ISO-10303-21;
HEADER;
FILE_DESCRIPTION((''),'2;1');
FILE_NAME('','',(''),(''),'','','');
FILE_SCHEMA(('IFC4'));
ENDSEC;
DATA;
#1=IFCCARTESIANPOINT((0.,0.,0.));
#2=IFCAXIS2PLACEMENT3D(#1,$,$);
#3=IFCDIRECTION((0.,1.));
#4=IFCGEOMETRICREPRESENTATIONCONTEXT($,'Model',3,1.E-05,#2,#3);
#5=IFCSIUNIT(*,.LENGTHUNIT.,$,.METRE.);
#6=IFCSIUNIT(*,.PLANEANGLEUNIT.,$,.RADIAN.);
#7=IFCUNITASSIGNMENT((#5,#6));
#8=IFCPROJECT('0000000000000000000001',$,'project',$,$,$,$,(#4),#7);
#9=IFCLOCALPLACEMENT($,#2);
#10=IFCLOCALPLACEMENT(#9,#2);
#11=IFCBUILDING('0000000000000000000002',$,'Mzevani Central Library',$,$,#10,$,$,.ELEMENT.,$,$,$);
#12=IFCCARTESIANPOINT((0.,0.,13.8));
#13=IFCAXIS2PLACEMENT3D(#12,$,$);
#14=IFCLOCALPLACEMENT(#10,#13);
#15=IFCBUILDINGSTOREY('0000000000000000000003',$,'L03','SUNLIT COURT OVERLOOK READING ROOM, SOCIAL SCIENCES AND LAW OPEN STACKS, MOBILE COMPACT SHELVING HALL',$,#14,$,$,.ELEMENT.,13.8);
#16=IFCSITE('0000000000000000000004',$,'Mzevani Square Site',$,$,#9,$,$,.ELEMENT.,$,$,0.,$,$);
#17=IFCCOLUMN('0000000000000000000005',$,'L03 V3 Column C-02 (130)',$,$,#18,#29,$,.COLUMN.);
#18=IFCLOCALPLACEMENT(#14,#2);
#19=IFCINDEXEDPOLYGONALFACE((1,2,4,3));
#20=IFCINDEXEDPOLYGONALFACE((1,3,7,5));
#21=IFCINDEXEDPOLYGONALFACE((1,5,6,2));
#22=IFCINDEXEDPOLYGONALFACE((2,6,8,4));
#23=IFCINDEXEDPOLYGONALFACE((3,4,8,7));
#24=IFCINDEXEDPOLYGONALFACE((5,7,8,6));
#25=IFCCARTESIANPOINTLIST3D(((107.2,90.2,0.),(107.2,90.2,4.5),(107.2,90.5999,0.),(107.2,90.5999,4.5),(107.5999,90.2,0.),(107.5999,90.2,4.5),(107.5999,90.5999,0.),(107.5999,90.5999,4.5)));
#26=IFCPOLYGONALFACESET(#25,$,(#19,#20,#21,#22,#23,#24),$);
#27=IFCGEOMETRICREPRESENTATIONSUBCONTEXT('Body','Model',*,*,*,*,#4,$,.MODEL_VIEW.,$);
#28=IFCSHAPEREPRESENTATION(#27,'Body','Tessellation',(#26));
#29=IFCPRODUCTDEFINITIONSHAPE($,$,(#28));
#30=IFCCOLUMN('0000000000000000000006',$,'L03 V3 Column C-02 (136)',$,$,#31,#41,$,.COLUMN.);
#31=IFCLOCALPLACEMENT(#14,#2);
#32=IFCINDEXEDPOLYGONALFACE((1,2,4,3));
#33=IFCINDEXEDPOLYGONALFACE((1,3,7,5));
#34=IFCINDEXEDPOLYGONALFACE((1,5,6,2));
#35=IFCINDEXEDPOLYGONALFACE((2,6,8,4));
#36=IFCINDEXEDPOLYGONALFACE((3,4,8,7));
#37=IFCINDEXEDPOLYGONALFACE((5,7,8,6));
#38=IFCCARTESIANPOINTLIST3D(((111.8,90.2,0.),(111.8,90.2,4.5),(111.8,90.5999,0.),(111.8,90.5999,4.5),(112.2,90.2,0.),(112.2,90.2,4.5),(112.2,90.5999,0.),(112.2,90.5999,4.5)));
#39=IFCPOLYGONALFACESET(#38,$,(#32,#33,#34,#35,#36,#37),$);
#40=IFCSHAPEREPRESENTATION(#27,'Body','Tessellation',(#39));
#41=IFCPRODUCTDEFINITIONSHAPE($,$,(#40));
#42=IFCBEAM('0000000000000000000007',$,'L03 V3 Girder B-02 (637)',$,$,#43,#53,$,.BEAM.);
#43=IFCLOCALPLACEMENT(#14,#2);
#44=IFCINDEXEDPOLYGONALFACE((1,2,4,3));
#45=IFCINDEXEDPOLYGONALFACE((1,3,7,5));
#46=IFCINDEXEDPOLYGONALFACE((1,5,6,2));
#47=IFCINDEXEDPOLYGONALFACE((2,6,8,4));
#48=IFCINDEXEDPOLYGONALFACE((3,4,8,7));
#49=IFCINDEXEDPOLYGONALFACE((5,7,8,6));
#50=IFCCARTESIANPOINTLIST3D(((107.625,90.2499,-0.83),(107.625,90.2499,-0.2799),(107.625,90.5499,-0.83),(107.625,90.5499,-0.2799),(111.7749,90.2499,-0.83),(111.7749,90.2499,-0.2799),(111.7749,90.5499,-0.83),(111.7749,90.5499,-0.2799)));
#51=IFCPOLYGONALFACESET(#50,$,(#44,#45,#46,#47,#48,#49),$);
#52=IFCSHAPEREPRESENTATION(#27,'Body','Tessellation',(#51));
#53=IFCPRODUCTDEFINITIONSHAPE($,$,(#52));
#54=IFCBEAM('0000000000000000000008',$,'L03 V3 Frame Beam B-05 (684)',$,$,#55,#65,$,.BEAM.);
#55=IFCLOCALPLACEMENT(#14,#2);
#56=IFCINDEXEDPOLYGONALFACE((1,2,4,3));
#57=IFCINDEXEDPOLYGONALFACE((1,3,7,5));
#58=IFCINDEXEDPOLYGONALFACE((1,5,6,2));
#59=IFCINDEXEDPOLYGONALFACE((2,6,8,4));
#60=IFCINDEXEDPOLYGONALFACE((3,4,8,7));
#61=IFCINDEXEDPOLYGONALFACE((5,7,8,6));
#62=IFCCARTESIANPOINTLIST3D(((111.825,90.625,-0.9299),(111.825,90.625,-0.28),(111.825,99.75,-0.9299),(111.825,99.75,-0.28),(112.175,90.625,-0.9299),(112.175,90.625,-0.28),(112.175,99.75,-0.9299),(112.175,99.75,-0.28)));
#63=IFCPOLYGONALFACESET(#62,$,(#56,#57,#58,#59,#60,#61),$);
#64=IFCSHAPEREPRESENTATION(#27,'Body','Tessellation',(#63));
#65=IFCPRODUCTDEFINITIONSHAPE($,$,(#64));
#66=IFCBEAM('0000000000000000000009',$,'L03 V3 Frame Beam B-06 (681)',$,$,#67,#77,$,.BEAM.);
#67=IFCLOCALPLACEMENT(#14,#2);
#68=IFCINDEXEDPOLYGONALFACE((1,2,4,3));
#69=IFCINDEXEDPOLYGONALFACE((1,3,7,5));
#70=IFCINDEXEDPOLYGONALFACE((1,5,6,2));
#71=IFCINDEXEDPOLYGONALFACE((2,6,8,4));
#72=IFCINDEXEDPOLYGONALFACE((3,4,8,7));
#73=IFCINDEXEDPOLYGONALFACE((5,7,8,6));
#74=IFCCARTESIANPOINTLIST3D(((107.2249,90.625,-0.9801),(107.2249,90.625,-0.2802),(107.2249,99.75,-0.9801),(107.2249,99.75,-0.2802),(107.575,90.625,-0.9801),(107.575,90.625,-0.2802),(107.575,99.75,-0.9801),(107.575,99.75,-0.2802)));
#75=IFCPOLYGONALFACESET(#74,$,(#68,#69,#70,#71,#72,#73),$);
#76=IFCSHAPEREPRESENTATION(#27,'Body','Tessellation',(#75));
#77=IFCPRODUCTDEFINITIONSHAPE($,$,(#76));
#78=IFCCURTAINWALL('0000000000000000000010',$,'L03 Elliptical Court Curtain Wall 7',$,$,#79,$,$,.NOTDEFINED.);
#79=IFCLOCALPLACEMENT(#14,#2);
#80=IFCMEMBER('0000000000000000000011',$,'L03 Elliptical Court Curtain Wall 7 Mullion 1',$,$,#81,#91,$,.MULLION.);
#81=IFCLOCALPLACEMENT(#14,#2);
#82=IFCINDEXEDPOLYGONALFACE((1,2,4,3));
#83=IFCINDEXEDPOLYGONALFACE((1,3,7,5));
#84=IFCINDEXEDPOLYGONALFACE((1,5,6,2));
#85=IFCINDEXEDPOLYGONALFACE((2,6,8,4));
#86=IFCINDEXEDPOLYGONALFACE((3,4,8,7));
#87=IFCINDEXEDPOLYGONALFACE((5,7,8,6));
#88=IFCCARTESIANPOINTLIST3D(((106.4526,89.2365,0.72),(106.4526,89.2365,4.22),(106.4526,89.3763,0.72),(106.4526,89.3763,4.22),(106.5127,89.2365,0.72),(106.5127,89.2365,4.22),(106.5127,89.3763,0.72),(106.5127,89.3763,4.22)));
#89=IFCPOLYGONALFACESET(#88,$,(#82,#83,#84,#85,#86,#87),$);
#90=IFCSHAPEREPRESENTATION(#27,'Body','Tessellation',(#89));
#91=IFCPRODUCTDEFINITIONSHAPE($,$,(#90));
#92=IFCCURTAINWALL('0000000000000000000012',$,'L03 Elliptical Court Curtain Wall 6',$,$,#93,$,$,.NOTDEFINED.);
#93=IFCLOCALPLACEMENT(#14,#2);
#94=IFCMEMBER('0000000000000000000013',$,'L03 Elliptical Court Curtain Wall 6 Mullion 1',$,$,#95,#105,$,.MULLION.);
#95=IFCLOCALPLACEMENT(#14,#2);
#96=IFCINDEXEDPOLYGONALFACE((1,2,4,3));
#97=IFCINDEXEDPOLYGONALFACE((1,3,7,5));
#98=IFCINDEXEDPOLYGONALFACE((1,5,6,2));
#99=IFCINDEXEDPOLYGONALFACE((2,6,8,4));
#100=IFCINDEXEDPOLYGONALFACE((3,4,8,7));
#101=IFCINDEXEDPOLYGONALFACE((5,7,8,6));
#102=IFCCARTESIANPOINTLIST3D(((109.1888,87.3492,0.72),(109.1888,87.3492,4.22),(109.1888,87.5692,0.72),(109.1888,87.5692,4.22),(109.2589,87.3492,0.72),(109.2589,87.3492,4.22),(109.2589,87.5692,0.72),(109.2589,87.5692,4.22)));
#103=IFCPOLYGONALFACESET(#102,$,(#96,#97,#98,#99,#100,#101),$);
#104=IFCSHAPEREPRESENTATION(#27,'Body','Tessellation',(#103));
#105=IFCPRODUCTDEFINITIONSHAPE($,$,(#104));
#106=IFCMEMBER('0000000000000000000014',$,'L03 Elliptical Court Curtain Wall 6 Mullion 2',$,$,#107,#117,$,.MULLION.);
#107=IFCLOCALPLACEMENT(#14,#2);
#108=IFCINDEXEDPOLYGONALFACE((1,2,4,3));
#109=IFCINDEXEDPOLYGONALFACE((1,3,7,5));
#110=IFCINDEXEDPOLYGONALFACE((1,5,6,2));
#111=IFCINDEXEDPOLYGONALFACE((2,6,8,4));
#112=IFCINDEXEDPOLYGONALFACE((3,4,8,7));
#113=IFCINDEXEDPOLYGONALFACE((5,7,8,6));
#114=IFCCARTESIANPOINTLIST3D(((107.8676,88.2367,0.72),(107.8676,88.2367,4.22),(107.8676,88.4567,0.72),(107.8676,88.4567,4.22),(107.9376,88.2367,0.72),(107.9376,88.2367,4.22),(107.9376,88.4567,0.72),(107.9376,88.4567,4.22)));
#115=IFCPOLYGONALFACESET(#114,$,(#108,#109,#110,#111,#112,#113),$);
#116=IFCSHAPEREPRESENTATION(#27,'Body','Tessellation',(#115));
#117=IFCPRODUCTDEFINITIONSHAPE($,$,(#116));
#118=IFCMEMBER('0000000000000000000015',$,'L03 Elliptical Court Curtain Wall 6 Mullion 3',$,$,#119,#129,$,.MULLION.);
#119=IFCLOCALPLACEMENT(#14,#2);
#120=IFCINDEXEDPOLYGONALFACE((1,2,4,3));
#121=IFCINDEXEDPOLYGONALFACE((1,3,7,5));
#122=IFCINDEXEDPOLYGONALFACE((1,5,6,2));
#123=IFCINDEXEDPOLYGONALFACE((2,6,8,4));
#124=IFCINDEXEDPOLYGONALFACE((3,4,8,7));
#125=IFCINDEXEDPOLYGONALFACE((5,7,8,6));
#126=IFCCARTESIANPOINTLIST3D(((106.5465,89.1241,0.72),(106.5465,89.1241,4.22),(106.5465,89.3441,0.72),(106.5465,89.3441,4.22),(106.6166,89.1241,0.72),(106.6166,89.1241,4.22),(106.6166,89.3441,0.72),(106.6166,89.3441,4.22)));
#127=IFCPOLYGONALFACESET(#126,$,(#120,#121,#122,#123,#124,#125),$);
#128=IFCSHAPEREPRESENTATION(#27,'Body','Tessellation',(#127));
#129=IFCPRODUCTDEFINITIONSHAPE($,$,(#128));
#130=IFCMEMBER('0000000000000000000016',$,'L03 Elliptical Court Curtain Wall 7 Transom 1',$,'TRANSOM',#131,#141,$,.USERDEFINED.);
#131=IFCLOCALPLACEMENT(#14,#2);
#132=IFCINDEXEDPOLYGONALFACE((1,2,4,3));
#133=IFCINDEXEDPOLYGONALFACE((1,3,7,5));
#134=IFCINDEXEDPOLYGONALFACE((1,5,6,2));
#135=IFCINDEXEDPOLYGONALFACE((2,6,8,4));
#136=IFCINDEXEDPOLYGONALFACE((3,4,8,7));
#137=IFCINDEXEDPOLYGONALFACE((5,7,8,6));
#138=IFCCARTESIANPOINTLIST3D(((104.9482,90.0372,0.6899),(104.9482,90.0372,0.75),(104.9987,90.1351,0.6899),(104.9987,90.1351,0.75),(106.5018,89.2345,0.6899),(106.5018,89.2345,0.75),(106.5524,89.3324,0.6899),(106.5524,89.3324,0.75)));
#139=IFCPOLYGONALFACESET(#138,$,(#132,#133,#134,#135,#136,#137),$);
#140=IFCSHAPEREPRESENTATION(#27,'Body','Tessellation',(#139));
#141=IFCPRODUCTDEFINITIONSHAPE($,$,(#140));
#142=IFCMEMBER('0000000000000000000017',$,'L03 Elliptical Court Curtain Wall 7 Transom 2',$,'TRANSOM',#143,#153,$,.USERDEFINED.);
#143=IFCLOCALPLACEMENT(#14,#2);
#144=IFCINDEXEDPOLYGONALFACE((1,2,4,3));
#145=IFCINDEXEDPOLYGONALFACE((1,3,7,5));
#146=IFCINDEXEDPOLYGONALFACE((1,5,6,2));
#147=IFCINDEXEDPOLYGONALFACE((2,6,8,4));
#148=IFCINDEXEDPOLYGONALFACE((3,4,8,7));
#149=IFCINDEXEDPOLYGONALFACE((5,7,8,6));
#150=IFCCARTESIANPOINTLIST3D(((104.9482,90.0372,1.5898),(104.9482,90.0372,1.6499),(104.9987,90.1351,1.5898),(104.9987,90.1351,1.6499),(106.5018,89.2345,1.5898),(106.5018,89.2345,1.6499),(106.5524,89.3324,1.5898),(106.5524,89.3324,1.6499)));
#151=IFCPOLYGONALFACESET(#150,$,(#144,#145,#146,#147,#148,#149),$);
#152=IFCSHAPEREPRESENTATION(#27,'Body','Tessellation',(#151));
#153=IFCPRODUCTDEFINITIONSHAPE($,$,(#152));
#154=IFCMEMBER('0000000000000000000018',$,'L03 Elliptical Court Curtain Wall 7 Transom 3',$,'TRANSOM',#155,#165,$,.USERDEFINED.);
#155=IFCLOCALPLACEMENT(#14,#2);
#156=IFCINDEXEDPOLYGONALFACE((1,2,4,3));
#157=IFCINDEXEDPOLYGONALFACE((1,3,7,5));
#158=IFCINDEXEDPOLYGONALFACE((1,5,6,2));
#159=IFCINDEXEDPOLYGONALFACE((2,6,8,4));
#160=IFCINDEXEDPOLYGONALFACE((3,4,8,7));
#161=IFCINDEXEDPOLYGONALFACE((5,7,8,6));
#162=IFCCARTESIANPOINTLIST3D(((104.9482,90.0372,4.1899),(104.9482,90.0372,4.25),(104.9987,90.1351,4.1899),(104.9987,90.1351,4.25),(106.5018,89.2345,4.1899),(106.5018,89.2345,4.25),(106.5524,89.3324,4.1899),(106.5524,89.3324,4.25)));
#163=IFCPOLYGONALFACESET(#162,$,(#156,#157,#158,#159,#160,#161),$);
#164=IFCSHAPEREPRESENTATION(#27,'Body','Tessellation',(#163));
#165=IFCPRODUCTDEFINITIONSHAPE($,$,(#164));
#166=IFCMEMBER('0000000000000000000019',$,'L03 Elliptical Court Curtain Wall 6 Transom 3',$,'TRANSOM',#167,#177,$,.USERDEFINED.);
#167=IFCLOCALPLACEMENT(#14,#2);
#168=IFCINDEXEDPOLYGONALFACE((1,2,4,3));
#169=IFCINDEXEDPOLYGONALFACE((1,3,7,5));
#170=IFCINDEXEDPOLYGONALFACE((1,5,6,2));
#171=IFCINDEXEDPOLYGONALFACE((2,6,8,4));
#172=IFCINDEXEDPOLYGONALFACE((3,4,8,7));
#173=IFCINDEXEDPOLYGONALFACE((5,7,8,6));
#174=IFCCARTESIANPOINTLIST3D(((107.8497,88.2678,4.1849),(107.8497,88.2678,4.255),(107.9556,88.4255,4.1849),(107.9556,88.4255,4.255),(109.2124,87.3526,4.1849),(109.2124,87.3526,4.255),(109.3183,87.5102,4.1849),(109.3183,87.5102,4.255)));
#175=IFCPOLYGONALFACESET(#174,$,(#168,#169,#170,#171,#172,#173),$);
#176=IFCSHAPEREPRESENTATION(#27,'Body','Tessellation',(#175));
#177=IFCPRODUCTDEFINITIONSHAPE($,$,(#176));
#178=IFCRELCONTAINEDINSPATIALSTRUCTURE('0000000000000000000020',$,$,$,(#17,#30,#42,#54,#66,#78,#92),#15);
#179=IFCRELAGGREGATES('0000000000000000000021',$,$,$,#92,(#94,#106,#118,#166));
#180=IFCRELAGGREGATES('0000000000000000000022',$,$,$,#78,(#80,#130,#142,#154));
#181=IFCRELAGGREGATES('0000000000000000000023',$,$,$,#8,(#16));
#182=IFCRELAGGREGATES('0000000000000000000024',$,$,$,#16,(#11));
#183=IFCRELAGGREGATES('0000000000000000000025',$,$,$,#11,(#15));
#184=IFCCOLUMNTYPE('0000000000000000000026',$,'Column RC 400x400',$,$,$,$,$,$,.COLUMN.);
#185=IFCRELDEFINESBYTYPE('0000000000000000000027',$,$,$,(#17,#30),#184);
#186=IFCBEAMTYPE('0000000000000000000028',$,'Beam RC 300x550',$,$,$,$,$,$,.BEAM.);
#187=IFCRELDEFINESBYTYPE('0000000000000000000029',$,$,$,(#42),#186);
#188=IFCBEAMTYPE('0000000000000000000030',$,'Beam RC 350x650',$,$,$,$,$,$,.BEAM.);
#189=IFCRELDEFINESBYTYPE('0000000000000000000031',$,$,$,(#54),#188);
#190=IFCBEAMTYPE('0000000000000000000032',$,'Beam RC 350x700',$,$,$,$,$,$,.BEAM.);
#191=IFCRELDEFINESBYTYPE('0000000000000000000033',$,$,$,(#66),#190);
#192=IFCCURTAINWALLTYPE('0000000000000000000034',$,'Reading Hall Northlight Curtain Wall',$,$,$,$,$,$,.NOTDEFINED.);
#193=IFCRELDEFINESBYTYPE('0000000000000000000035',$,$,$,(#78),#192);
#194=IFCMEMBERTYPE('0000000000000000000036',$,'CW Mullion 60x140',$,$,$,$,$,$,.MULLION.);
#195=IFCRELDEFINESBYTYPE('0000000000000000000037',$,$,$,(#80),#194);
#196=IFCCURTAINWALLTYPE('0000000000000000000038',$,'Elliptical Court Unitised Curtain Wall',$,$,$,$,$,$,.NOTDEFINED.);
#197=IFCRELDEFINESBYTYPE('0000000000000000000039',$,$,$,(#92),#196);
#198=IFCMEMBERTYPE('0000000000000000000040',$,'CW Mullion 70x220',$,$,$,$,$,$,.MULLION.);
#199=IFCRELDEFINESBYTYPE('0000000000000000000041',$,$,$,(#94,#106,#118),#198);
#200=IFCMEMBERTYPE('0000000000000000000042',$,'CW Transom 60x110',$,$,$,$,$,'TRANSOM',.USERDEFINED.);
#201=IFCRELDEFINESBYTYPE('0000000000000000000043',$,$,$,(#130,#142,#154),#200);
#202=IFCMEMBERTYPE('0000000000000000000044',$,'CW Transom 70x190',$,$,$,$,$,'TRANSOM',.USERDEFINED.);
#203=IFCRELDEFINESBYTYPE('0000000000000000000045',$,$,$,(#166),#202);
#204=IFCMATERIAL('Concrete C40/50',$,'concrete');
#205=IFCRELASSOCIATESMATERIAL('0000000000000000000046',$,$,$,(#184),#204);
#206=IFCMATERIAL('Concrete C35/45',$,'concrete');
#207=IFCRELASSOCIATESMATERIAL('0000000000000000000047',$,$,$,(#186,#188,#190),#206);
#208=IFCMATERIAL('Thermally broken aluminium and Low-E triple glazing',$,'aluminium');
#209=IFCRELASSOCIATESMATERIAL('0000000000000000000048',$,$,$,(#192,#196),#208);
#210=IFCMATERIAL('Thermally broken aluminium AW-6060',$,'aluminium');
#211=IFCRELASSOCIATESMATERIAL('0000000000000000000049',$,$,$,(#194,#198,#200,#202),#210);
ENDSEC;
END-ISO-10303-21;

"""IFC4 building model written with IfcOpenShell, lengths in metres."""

from ifc_helpers import new_model, si_unit, direction, frame, origin, origin_2d, place, context, subcontext, project, spatial, rectangle, extrude, material, material_profile, profile_set, type_object, element, aggregate, save


model = new_model("IFC4")

# Units and contexts
model_context = context("Model", 3, precision=1e-05, world=origin(), true_north=direction((0.0, 1.0)))
body_context = subcontext(model_context, "Body", "Model", "MODEL_VIEW")
ifc_project = project(units=[si_unit("LENGTHUNIT", "METRE"), si_unit("PLANEANGLEUNIT", "RADIAN")], contexts=[model_context])

# Site, building, storey
site_placement = place(None, origin())
site = spatial("IfcSite", under=ifc_project, at=site_placement, Name="Mzevani Square Site", CompositionType="ELEMENT", RefElevation=0.0)
building_placement = place(site_placement, origin())
building = spatial("IfcBuilding", under=site, at=building_placement, Name="Mzevani Central Library", CompositionType="ELEMENT")
storey_placement = place(building_placement, frame((0.0, 0.0, 13.8)))
storey = spatial("IfcBuildingStorey", under=building, at=storey_placement, Name="L03", Description="SUNLIT COURT OVERLOOK READING ROOM, SOCIAL SCIENCES AND LAW OPEN STACKS, MOBILE COMPACT SHELVING HALL", CompositionType="ELEMENT", Elevation=13.8)

# Columns
ifc_material_1 = material(Name="Concrete C40/50", Category="concrete")
ifc_material_profile_1 = material_profile(ifc_material_1, rectangle(XDim=0.3999, YDim=0.3999, at=origin_2d()), Name="RC 400x400")
ifc_profile_set_1 = profile_set([ifc_material_profile_1], Name="Concrete C40/50")
column_type = type_object("IfcColumnType", Name="Column RC 400x400", PredefinedType="COLUMN", material=ifc_profile_set_1)
for number, where, z_axis, x_axis, name in (
    (1, (107.3999, 90.3999, 0.0), (0.0, 0.0, 1.0), (1.0, 0.0, 0.0), "L03 V3 Column C-02 (130)"),
    (2, (112.0, 90.3999, 0.0), (0.0, 0.0, 1.0), (1.0, 0.0, 0.0), "L03 V3 Column C-02 (136)"),
):
    element("IfcColumn", number, at=place(storey_placement, frame(where, z_axis=z_axis, x_axis=x_axis)), inside=storey, type_object=column_type, Name=name, PredefinedType="COLUMN", context=body_context, shape_type="SweptSolid", body=[
        extrude(rectangle(XDim=0.3999, YDim=0.3999, at=origin_2d()), origin(), (0.0, 0.0, 1.0), 4.5),
    ])

# Beams
ifc_material_2 = material(Name="Concrete C35/45", Category="concrete")
ifc_material_profile_2 = material_profile(ifc_material_2, rectangle(XDim=0.3, YDim=0.55, at=origin_2d()), Name="RC B300x550")
ifc_profile_set_2 = profile_set([ifc_material_profile_2], Name="Concrete C35/45")
beam_type_1 = type_object("IfcBeamType", Name="Beam RC 300x550", PredefinedType="BEAM", material=ifc_profile_set_2)
beam_1_placement = place(storey_placement, frame((107.625, 90.3999, -0.5549), z_axis=(1.0, 0.0, 0.0), x_axis=(0.0, 1.0, 0.0)))
element("IfcBeam", 3, at=beam_1_placement, inside=storey, type_object=beam_type_1, Name="L03 V3 Girder B-02 (637)", PredefinedType="BEAM", context=body_context, shape_type="SweptSolid", body=[
    extrude(rectangle(XDim=0.3, YDim=0.55, at=origin_2d()), origin(), (0.0, 0.0, 1.0), 4.1499),
])
ifc_material_profile_3 = material_profile(ifc_material_2, rectangle(XDim=0.3501, YDim=0.6499, at=origin_2d()), Name="RC B350x650")
ifc_profile_set_3 = profile_set([ifc_material_profile_3], Name="Concrete C35/45")
beam_type_2 = type_object("IfcBeamType", Name="Beam RC 350x650", PredefinedType="BEAM", material=ifc_profile_set_3)
beam_2_placement = place(storey_placement, frame((112.0, 90.625, -0.605), z_axis=(0.0, 1.0, 0.0), x_axis=(-1.0, 0.0, 0.0)))
element("IfcBeam", 4, at=beam_2_placement, inside=storey, type_object=beam_type_2, Name="L03 V3 Frame Beam B-05 (684)", PredefinedType="BEAM", context=body_context, shape_type="SweptSolid", body=[
    extrude(rectangle(XDim=0.3501, YDim=0.6499, at=origin_2d()), origin(), (0.0, 0.0, 1.0), 9.125),
])
ifc_material_profile_4 = material_profile(ifc_material_2, rectangle(XDim=0.3501, YDim=0.7, at=origin_2d()), Name="RC B350x700")
ifc_profile_set_4 = profile_set([ifc_material_profile_4], Name="Concrete C35/45")
beam_type_3 = type_object("IfcBeamType", Name="Beam RC 350x700", PredefinedType="BEAM", material=ifc_profile_set_4)
beam_3_placement = place(storey_placement, frame((107.3999, 90.625, -0.6301), z_axis=(0.0, 1.0, 0.0), x_axis=(-1.0, 0.0, 0.0)))
element("IfcBeam", 5, at=beam_3_placement, inside=storey, type_object=beam_type_3, Name="L03 V3 Frame Beam B-06 (681)", PredefinedType="BEAM", context=body_context, shape_type="SweptSolid", body=[
    extrude(rectangle(XDim=0.3501, YDim=0.7, at=origin_2d()), origin(), (0.0, 0.0, 1.0), 9.125),
])

# Curtain wall, member
ifc_material_3 = material(Name="Thermally broken aluminium and Low-E triple glazing", Category="aluminium")
curtain_wall_type_1 = type_object("IfcCurtainWallType", Name="Reading Hall Northlight Curtain Wall", PredefinedType="NOTDEFINED", material=ifc_material_3)
curtain_wall_1_placement = place(storey_placement, origin())
curtain_wall_1 = element("IfcCurtainWall", 6, at=curtain_wall_1_placement, inside=storey, type_object=curtain_wall_type_1, Name="L03 Elliptical Court Curtain Wall 7", PredefinedType="NOTDEFINED")
ifc_material_4 = material(Name="Thermally broken aluminium AW-6060", Category="aluminium")
ifc_material_profile_5 = material_profile(ifc_material_4, rectangle(XDim=0.0601, YDim=0.1399, at=origin_2d()), Name="ALU M60x140")
ifc_profile_set_5 = profile_set([ifc_material_profile_5], Name="Thermally broken aluminium AW-6060")
member_type_1 = type_object("IfcMemberType", Name="CW Mullion 60x140", PredefinedType="MULLION", material=ifc_profile_set_5)
member_1_placement = place(storey_placement, frame((106.4827, 89.3064, 0.72), z_axis=(0.0, 0.0, 1.0), x_axis=(1.0, 0.0, 0.0)))
member_1 = element("IfcMember", 7, at=member_1_placement, type_object=member_type_1, Name="L03 Elliptical Court Curtain Wall 7 Mullion 1", PredefinedType="MULLION", context=body_context, shape_type="SweptSolid", body=[
    extrude(rectangle(XDim=0.0601, YDim=0.1399, at=origin_2d()), origin(), (0.0, 0.0, 1.0), 3.5),
])

# Curtain wall, members
curtain_wall_type_2 = type_object("IfcCurtainWallType", Name="Elliptical Court Unitised Curtain Wall", PredefinedType="NOTDEFINED", material=ifc_material_3)
curtain_wall_2_placement = place(storey_placement, origin())
curtain_wall_2 = element("IfcCurtainWall", 8, at=curtain_wall_2_placement, inside=storey, type_object=curtain_wall_type_2, Name="L03 Elliptical Court Curtain Wall 6", PredefinedType="NOTDEFINED")
ifc_material_profile_6 = material_profile(ifc_material_4, rectangle(XDim=0.0701, YDim=0.22, at=origin_2d()), Name="ALU M70x220")
ifc_profile_set_6 = profile_set([ifc_material_profile_6], Name="Thermally broken aluminium AW-6060")
member_type_2 = type_object("IfcMemberType", Name="CW Mullion 70x220", PredefinedType="MULLION", material=ifc_profile_set_6)
member_2_placement = place(storey_placement, frame((109.2239, 87.4592, 0.72), z_axis=(0.0, 0.0, 1.0), x_axis=(1.0, 0.0, 0.0)))
member_2 = element("IfcMember", 9, at=member_2_placement, type_object=member_type_2, Name="L03 Elliptical Court Curtain Wall 6 Mullion 1", PredefinedType="MULLION", context=body_context, shape_type="SweptSolid", body=[
    extrude(rectangle(XDim=0.0701, YDim=0.22, at=origin_2d()), origin(), (0.0, 0.0, 1.0), 3.5),
])
member_3_placement = place(storey_placement, frame((107.9026, 88.3467, 0.72), z_axis=(0.0, 0.0, 1.0), x_axis=(1.0, 0.0, 0.0)))
member_3 = element("IfcMember", 10, at=member_3_placement, type_object=member_type_2, Name="L03 Elliptical Court Curtain Wall 6 Mullion 2", PredefinedType="MULLION", context=body_context, shape_type="SweptSolid", body=[
    extrude(rectangle(XDim=0.0701, YDim=0.22, at=origin_2d()), origin(), (0.0, 0.0, 1.0), 3.5),
])
member_4_placement = place(storey_placement, frame((106.5815, 89.2341, 0.72), z_axis=(0.0, 0.0, 1.0), x_axis=(1.0, 0.0, 0.0)))
member_4 = element("IfcMember", 11, at=member_4_placement, type_object=member_type_2, Name="L03 Elliptical Court Curtain Wall 6 Mullion 3", PredefinedType="MULLION", context=body_context, shape_type="SweptSolid", body=[
    extrude(rectangle(XDim=0.0701, YDim=0.22, at=origin_2d()), origin(), (0.0, 0.0, 1.0), 3.5),
])

# Members
ifc_material_profile_7 = material_profile(ifc_material_4, rectangle(XDim=0.1101, YDim=0.0601, at=origin_2d()), Name="ALU T60x110")
ifc_profile_set_7 = profile_set([ifc_material_profile_7], Name="Thermally broken aluminium AW-6060")
member_type_3 = type_object("IfcMemberType", Name="CW Transom 60x110", ElementType="TRANSOM", PredefinedType="USERDEFINED", material=ifc_profile_set_7)
member_5_placement = place(storey_placement, frame((106.5271, 89.2834, 0.72), z_axis=(-0.88843, 0.459013, 0.0), x_axis=(-0.459013, -0.88843, 0.0)))
member_5 = element("IfcMember", 12, at=member_5_placement, type_object=member_type_3, Name="L03 Elliptical Court Curtain Wall 7 Transom 1", ObjectType="TRANSOM", PredefinedType="USERDEFINED", context=body_context, shape_type="SweptSolid", body=[
    extrude(rectangle(XDim=0.1101, YDim=0.0601, at=origin_2d()), origin(), (0.0, 0.0, 1.0), 1.7488),
])
member_6_placement = place(storey_placement, frame((106.5271, 89.2834, 1.6199), z_axis=(-0.88843, 0.459013, 0.0), x_axis=(-0.459013, -0.88843, 0.0)))
member_6 = element("IfcMember", 13, at=member_6_placement, type_object=member_type_3, Name="L03 Elliptical Court Curtain Wall 7 Transom 2", ObjectType="TRANSOM", PredefinedType="USERDEFINED", context=body_context, shape_type="SweptSolid", body=[
    extrude(rectangle(XDim=0.1101, YDim=0.0601, at=origin_2d()), origin(), (0.0, 0.0, 1.0), 1.7488),
])
member_7_placement = place(storey_placement, frame((106.5271, 89.2834, 4.22), z_axis=(-0.88843, 0.459013, 0.0), x_axis=(-0.459013, -0.88843, 0.0)))
member_7 = element("IfcMember", 14, at=member_7_placement, type_object=member_type_3, Name="L03 Elliptical Court Curtain Wall 7 Transom 3", ObjectType="TRANSOM", PredefinedType="USERDEFINED", context=body_context, shape_type="SweptSolid", body=[
    extrude(rectangle(XDim=0.1101, YDim=0.0601, at=origin_2d()), origin(), (0.0, 0.0, 1.0), 1.7488),
])
ifc_material_profile_8 = material_profile(ifc_material_4, rectangle(XDim=0.1899, YDim=0.0701, at=origin_2d()), Name="ALU T70x190")
ifc_profile_set_8 = profile_set([ifc_material_profile_8], Name="Thermally broken aluminium AW-6060")
member_type_4 = type_object("IfcMemberType", Name="CW Transom 70x190", ElementType="TRANSOM", PredefinedType="USERDEFINED", material=ifc_profile_set_8)
member_8_placement = place(storey_placement, frame((109.2654, 87.4314, 4.22), z_axis=(-0.830146, 0.557545, 0.0), x_axis=(-0.557545, -0.830146, 0.0)))
member_8 = element("IfcMember", 15, at=member_8_placement, type_object=member_type_4, Name="L03 Elliptical Court Curtain Wall 6 Transom 3", ObjectType="TRANSOM", PredefinedType="USERDEFINED", context=body_context, shape_type="SweptSolid", body=[
    extrude(rectangle(XDim=0.1899, YDim=0.0701, at=origin_2d()), origin(), (0.0, 0.0, 1.0), 1.6416),
])

aggregate(curtain_wall_2, [member_2, member_3, member_4, member_8])
aggregate(curtain_wall_1, [member_1, member_5, member_6, member_7])

save(model, "model.ifc")
